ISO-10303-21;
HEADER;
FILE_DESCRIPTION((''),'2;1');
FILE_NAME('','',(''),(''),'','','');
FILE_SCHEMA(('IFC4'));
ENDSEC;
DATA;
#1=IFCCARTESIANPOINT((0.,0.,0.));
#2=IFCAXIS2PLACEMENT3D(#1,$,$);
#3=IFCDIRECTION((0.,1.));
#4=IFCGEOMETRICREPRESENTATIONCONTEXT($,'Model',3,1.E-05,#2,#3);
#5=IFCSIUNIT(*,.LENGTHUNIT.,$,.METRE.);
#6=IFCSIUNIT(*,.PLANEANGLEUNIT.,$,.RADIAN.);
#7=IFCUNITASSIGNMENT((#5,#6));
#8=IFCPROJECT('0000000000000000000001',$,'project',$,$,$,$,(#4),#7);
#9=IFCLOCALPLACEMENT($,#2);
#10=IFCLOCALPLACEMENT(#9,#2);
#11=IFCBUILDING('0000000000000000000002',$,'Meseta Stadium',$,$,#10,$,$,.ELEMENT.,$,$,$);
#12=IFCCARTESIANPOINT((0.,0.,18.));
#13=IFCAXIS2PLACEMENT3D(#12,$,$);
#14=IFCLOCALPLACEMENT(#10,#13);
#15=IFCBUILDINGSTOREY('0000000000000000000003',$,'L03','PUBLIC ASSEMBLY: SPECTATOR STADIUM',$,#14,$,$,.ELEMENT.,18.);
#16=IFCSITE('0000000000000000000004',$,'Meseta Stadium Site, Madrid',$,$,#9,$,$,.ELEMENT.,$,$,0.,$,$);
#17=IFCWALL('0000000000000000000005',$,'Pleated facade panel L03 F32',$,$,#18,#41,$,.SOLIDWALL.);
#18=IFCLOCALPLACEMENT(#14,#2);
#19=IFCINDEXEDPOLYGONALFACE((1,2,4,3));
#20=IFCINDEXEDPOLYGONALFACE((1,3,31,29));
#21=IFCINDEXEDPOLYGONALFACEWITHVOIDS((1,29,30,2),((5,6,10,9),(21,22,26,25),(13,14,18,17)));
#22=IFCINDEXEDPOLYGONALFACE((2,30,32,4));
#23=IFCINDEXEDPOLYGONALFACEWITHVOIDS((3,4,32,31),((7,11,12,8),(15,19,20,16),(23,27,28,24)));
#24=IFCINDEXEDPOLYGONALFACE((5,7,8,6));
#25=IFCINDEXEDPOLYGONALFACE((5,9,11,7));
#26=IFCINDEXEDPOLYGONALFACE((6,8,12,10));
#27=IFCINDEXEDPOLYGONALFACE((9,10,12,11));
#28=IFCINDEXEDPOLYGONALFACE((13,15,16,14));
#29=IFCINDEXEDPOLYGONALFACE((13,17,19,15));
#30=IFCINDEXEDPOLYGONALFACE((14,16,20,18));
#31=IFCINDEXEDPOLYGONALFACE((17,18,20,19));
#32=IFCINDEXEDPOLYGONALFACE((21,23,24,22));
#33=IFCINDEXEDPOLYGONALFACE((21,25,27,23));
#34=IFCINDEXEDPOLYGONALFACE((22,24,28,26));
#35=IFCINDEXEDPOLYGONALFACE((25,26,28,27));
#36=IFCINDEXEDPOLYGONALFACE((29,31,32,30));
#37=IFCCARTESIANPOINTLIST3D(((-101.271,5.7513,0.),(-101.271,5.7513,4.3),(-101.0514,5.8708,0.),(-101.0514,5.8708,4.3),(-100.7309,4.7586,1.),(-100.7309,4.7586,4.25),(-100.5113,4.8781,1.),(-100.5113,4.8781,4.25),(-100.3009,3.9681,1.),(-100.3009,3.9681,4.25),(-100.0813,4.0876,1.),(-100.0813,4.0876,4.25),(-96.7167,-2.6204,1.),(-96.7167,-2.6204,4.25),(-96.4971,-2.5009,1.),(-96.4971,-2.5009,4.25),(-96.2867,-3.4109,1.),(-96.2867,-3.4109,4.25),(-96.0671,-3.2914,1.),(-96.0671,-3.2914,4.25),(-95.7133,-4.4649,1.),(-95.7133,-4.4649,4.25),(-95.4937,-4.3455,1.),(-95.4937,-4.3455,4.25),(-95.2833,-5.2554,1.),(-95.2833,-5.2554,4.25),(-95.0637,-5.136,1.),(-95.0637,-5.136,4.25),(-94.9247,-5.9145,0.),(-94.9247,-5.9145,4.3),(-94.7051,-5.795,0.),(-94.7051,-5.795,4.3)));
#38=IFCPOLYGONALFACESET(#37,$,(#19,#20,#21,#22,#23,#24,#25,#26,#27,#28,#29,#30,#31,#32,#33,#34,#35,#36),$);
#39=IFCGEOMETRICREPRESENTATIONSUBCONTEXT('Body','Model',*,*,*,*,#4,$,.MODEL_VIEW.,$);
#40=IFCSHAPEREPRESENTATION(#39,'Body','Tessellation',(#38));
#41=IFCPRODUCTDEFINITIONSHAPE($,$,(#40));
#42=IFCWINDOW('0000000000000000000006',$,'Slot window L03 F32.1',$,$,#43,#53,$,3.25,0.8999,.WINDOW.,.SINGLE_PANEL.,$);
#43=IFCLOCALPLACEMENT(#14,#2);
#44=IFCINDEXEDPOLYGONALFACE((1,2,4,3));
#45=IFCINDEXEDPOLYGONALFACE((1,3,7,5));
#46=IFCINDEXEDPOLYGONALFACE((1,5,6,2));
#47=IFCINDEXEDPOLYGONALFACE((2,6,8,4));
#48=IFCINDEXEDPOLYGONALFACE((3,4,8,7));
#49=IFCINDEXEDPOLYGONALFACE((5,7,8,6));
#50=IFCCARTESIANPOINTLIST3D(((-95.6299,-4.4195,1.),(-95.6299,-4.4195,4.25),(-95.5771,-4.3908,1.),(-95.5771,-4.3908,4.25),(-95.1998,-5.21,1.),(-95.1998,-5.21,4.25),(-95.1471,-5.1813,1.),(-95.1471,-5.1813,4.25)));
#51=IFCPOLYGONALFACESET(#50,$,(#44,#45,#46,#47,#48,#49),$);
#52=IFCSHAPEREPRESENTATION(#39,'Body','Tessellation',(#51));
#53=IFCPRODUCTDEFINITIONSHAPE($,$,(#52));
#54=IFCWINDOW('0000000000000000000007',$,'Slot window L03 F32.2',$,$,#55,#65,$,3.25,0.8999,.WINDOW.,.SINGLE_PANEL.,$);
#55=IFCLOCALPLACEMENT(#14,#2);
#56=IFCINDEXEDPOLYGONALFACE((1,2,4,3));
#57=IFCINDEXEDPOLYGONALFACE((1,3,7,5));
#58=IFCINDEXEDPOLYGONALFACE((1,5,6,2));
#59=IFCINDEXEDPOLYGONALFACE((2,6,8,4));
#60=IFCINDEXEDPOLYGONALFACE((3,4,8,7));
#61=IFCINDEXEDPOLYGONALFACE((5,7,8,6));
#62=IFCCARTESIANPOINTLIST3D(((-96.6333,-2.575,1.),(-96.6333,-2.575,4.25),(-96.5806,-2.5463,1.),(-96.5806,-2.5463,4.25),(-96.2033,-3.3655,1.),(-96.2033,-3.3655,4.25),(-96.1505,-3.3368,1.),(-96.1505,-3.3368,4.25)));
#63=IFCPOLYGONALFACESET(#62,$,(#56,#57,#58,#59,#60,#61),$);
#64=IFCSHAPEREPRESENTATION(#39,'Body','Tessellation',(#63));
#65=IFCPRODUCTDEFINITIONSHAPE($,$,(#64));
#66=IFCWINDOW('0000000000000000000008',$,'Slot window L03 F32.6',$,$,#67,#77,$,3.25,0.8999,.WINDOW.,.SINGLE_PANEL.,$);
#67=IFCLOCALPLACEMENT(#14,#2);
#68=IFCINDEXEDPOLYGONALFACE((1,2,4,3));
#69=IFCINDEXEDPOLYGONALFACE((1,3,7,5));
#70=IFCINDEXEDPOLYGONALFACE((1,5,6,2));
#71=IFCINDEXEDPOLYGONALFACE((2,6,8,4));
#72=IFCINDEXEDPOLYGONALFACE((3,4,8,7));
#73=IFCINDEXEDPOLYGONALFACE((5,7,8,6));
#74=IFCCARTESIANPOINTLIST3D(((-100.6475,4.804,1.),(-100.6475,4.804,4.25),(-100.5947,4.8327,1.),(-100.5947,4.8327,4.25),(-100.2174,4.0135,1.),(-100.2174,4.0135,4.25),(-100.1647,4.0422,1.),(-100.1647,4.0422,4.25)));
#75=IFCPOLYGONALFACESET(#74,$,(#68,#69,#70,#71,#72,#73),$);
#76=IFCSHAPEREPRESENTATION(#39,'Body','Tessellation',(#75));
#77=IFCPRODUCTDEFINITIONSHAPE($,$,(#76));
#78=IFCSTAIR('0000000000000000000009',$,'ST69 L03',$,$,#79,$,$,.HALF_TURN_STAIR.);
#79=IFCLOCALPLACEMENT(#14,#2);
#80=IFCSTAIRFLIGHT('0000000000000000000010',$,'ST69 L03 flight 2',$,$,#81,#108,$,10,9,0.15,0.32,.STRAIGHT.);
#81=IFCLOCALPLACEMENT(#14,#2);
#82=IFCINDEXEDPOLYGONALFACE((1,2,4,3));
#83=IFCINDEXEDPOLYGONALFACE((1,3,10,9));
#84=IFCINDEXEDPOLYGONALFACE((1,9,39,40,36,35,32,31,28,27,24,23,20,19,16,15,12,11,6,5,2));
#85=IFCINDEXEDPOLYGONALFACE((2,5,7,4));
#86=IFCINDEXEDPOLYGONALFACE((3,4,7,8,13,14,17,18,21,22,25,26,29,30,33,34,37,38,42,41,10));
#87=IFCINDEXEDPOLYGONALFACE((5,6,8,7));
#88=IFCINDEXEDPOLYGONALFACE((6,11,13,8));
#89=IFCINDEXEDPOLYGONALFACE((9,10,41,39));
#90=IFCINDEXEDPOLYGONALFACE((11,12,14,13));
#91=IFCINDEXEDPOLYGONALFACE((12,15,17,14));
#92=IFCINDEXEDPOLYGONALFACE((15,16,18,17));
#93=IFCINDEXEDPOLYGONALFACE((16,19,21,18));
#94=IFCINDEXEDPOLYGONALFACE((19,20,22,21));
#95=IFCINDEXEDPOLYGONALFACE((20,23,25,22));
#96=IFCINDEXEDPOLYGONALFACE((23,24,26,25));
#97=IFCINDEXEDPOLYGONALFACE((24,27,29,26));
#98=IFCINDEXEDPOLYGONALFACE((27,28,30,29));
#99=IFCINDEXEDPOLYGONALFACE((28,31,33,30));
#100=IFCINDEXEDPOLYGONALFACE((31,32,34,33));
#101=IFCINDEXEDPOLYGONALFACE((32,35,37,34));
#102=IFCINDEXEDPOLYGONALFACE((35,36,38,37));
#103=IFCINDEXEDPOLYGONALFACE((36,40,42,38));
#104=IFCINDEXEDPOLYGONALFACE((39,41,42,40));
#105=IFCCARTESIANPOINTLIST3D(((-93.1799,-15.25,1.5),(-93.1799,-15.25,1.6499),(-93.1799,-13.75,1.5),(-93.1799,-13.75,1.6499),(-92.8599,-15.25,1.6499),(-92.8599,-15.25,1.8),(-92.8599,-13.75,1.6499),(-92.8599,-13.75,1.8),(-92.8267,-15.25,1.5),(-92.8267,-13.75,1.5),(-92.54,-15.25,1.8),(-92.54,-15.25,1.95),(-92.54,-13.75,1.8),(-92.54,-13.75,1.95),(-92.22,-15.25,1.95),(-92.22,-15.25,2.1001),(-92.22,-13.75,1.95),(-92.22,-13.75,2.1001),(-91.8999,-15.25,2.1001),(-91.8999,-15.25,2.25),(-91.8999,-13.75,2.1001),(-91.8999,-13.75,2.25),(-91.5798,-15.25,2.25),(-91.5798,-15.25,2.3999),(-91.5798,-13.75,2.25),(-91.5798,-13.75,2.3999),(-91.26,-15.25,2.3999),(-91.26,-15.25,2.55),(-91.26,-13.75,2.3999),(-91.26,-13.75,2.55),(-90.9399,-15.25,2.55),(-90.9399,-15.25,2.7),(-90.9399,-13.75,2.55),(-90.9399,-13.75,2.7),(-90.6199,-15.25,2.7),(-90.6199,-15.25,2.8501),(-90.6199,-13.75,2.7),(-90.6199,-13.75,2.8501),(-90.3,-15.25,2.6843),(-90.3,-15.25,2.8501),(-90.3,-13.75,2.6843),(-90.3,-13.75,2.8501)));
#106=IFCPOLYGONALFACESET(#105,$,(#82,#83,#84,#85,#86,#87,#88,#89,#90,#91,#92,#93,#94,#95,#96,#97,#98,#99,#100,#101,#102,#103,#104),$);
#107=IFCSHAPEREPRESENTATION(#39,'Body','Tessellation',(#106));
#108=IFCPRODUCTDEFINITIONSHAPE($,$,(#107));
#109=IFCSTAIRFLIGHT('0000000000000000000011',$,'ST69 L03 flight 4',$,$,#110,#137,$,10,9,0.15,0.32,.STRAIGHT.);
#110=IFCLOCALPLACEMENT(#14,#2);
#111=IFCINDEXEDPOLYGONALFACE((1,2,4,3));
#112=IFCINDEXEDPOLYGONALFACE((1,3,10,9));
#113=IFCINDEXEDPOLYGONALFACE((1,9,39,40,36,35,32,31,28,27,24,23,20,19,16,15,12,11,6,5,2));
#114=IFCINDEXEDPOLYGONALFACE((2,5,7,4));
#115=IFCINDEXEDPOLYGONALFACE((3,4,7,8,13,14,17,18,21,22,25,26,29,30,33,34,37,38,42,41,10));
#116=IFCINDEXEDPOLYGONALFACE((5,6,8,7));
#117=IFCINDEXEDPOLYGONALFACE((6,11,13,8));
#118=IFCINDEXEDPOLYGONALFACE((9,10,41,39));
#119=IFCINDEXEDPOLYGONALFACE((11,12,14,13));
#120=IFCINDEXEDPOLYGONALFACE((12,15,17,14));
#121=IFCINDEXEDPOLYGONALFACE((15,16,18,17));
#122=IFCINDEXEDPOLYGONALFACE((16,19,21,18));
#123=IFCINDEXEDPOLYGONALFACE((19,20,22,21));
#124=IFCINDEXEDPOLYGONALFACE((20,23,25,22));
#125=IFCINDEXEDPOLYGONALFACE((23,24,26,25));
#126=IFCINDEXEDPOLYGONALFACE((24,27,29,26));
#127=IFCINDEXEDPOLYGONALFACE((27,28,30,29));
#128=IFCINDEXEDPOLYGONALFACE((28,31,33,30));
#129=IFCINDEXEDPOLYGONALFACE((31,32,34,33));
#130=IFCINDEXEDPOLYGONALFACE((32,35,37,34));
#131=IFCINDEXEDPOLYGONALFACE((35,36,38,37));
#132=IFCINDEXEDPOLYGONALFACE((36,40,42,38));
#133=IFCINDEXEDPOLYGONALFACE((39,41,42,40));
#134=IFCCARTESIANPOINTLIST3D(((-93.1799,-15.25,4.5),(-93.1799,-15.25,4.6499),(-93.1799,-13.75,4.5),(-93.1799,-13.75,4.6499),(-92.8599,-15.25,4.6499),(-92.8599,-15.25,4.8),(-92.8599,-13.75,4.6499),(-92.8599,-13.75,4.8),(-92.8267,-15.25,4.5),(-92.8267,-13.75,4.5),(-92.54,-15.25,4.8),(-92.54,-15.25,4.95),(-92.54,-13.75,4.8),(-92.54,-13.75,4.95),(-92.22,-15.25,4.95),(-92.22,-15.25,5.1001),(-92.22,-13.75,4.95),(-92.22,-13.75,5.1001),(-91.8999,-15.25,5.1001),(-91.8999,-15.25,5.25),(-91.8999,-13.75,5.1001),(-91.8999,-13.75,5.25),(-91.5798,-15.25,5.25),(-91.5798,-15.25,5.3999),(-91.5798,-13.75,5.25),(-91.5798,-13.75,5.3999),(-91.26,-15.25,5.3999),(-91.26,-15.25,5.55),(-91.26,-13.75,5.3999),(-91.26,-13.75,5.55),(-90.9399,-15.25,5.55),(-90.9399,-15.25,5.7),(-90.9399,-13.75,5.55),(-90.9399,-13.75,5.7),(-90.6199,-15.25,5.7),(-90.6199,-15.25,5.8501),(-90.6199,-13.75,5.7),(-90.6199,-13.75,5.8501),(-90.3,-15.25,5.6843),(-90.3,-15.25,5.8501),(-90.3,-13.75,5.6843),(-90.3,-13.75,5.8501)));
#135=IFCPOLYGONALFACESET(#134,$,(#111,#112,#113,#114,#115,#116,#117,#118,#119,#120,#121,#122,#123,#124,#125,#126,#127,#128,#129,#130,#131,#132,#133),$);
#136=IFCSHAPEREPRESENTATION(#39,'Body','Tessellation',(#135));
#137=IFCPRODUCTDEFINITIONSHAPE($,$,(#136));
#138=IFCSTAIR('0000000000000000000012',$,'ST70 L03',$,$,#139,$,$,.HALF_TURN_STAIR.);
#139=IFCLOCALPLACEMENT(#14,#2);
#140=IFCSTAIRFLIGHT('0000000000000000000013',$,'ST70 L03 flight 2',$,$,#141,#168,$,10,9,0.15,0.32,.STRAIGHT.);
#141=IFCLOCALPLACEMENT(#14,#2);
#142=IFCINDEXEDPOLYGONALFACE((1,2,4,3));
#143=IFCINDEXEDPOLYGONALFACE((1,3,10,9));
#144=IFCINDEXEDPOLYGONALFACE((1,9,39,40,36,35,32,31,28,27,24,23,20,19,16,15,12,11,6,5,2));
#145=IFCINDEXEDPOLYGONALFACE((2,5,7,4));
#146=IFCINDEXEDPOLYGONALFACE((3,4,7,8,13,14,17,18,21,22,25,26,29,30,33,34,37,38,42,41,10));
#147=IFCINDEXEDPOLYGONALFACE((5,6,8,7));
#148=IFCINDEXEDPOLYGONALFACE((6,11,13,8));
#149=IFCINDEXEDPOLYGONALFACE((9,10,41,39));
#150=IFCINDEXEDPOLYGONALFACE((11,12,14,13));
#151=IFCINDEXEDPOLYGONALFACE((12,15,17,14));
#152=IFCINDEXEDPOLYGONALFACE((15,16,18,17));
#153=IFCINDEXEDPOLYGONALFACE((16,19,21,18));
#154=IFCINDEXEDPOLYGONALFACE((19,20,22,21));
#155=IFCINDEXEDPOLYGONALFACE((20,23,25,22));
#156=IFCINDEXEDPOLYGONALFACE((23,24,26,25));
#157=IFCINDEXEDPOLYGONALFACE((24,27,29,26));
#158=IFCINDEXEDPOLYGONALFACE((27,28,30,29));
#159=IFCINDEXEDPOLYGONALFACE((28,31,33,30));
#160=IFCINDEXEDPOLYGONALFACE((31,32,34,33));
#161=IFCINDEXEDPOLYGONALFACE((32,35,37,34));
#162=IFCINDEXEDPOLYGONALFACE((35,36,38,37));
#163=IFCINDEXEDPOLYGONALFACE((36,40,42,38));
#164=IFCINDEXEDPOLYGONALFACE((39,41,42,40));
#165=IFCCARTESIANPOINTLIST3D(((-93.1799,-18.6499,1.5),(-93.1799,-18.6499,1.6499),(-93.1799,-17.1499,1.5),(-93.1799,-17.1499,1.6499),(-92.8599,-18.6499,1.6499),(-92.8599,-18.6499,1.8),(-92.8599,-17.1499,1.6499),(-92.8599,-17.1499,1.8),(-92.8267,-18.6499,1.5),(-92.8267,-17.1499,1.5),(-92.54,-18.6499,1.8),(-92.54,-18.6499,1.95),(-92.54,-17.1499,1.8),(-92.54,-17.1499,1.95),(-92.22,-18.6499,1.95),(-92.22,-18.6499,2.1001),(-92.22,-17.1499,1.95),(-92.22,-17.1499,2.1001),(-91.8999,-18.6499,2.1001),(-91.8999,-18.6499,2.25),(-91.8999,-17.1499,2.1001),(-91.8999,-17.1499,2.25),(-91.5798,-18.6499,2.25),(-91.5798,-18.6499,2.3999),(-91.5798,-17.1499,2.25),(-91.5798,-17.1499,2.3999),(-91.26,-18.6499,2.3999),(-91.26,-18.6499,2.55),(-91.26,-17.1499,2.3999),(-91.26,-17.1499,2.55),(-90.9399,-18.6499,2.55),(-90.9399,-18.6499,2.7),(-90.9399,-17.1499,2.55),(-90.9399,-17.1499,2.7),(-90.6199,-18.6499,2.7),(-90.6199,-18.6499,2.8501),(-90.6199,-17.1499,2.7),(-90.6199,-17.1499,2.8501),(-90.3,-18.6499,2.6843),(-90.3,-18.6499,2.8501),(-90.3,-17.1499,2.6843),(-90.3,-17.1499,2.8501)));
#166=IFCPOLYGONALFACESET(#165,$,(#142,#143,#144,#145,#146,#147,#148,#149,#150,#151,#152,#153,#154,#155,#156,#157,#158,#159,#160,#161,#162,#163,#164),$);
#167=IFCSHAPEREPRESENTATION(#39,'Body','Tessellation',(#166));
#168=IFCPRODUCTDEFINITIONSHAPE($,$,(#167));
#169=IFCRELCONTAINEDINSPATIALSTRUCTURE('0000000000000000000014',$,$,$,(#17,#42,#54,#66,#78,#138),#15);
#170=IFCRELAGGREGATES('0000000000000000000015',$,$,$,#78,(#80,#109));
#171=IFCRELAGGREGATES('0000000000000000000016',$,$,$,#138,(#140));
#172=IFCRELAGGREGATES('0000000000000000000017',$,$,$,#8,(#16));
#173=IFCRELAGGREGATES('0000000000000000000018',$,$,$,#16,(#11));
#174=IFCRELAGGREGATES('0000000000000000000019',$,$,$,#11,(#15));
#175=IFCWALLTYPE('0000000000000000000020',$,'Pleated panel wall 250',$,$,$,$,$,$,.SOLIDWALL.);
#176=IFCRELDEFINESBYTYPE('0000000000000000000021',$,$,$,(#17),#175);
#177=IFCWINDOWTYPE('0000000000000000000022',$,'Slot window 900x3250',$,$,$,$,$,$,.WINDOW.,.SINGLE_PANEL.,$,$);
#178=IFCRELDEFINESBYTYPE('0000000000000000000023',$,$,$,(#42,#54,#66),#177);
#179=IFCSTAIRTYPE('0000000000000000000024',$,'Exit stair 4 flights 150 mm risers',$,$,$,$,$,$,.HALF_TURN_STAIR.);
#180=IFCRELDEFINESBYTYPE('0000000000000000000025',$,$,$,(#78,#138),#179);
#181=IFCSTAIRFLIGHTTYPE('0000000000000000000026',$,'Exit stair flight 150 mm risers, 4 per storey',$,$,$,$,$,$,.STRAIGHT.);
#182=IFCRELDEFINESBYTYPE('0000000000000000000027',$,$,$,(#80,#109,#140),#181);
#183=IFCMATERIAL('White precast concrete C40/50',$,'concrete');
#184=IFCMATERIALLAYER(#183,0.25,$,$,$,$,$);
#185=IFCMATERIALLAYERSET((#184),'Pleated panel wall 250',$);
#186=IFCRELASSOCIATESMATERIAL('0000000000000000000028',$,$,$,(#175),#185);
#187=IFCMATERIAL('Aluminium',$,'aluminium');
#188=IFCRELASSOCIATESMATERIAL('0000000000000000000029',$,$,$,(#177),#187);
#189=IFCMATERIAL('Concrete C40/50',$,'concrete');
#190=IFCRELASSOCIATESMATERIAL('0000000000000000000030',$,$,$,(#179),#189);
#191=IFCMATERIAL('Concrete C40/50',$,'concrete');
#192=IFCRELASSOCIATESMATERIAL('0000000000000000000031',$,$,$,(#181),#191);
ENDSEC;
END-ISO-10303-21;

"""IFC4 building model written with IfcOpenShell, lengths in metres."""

from ifc_helpers import new_model, si_unit, direction, frame, frame_2d, origin, place, context, subcontext, project, spatial, polyline, rectangle, outline, extrude, material, layer, layer_set, type_object, element, fill, aggregate, save


model = new_model("IFC4")

# Units and contexts
model_context = context("Model", 3, precision=1e-05, world=origin(), true_north=direction((0.0, 1.0)))
body_context = subcontext(model_context, "Body", "Model", "MODEL_VIEW")
ifc_project = project(units=[si_unit("LENGTHUNIT", "METRE"), si_unit("PLANEANGLEUNIT", "RADIAN")], contexts=[model_context])

# Site, building, storey
site_placement = place(None, origin())
site = spatial("IfcSite", under=ifc_project, at=site_placement, Name="Meseta Stadium Site, Madrid", CompositionType="ELEMENT", RefElevation=0.0)
building_placement = place(site_placement, origin())
building = spatial("IfcBuilding", under=site, at=building_placement, Name="Meseta Stadium", CompositionType="ELEMENT")
storey_placement = place(building_placement, frame((0.0, 0.0, 18.0)))
storey = spatial("IfcBuildingStorey", under=building, at=storey_placement, Name="L03", Description="PUBLIC ASSEMBLY: SPECTATOR STADIUM", CompositionType="ELEMENT", Elevation=18.0)

# Wall, openings, windows
ifc_material_1 = material(Name="White precast concrete C40/50", Category="concrete")
ifc_layer_1 = layer(ifc_material_1, 0.25)
ifc_layer_set_1 = layer_set([ifc_layer_1], Name="Pleated panel wall 250")
wall_type = type_object("IfcWallType", Name="Pleated panel wall 250", PredefinedType="SOLIDWALL", material=ifc_layer_set_1)
wall_placement = place(storey_placement, frame((-94.8149, -5.8547, 0.0), z_axis=(0.0, 0.0, 1.0), x_axis=(-0.477868, 0.878432, 0.0)))
wall = element("IfcWall", 1, at=wall_placement, inside=storey, type_object=wall_type, Name="Pleated facade panel L03 F32", PredefinedType="SOLIDWALL", context=body_context, shape_type="SweptSolid", body=[
    extrude(rectangle(XDim=13.2803, YDim=0.25, at=frame_2d((6.6401, 0.0))), origin(), (0.0, 0.0, 1.0), 4.3),
])
opening_1_placement = place(wall_placement, frame((0.7502, 0.0, 1.0)))
opening_1 = element("IfcOpeningElement", 2, at=opening_1_placement, cuts=wall, PredefinedType="OPENING", context=body_context, shape_type="SweptSolid", body=[
    extrude(rectangle(XDim=0.8999, YDim=3.25, at=frame_2d((0.45, 1.625))), frame((0.0, 0.135, 0.0), z_axis=(0.0, -1.0, 0.0), x_axis=(1.0, 0.0, 0.0)), (0.0, 0.0, 1.0), 0.27),
])
opening_2_placement = place(wall_placement, frame((2.8501, 0.0, 1.0)))
opening_2 = element("IfcOpeningElement", 3, at=opening_2_placement, cuts=wall, PredefinedType="OPENING", context=body_context, shape_type="SweptSolid", body=[
    extrude(rectangle(XDim=0.8999, YDim=3.25, at=frame_2d((0.45, 1.625))), frame((0.0, 0.135, 0.0), z_axis=(0.0, -1.0, 0.0), x_axis=(1.0, 0.0, 0.0)), (0.0, 0.0, 1.0), 0.27),
])
opening_3_placement = place(wall_placement, frame((11.2502, 0.0, 1.0)))
opening_3 = element("IfcOpeningElement", 4, at=opening_3_placement, cuts=wall, PredefinedType="OPENING", context=body_context, shape_type="SweptSolid", body=[
    extrude(rectangle(XDim=0.8999, YDim=3.25, at=frame_2d((0.45, 1.625))), frame((0.0, 0.135, 0.0), z_axis=(0.0, -1.0, 0.0), x_axis=(1.0, 0.0, 0.0)), (0.0, 0.0, 1.0), 0.27),
])
ifc_material_2 = material(Name="Aluminium", Category="aluminium")
window_type = type_object("IfcWindowType", Name="Slot window 900x3250", PartitioningType="SINGLE_PANEL", PredefinedType="WINDOW", material=ifc_material_2)
window_1_placement = place(opening_1_placement, origin())
window_1 = element("IfcWindow", 5, at=window_1_placement, inside=storey, type_object=window_type, Name="Slot window L03 F32.1", OverallHeight=3.25, OverallWidth=0.8999, PartitioningType="SINGLE_PANEL", PredefinedType="WINDOW", context=body_context, shape_type="SweptSolid", body=[
    extrude(rectangle(XDim=0.8999, YDim=3.25, at=frame_2d((0.45, 1.625))), frame((0.0, 0.03, 0.0), z_axis=(0.0, -1.0, 0.0), x_axis=(1.0, 0.0, 0.0)), (0.0, 0.0, 1.0), 0.0601),
])
fill(opening_1, window_1)
window_2_placement = place(opening_2_placement, origin())
window_2 = element("IfcWindow", 6, at=window_2_placement, inside=storey, type_object=window_type, Name="Slot window L03 F32.2", OverallHeight=3.25, OverallWidth=0.8999, PartitioningType="SINGLE_PANEL", PredefinedType="WINDOW", context=body_context, shape_type="SweptSolid", body=[
    extrude(rectangle(XDim=0.8999, YDim=3.25, at=frame_2d((0.45, 1.625))), frame((0.0, 0.03, 0.0), z_axis=(0.0, -1.0, 0.0), x_axis=(1.0, 0.0, 0.0)), (0.0, 0.0, 1.0), 0.0601),
])
fill(opening_2, window_2)
window_3_placement = place(opening_3_placement, origin())
window_3 = element("IfcWindow", 7, at=window_3_placement, inside=storey, type_object=window_type, Name="Slot window L03 F32.6", OverallHeight=3.25, OverallWidth=0.8999, PartitioningType="SINGLE_PANEL", PredefinedType="WINDOW", context=body_context, shape_type="SweptSolid", body=[
    extrude(rectangle(XDim=0.8999, YDim=3.25, at=frame_2d((0.45, 1.625))), frame((0.0, 0.03, 0.0), z_axis=(0.0, -1.0, 0.0), x_axis=(1.0, 0.0, 0.0)), (0.0, 0.0, 1.0), 0.0601),
])
fill(opening_3, window_3)

# Stairs, stair flights
ifc_material_3 = material(Name="Concrete C40/50", Category="concrete")
stair_type = type_object("IfcStairType", Name="Exit stair 4 flights 150 mm risers", PredefinedType="HALF_TURN_STAIR", material=ifc_material_3)
stair_1_placement = place(storey_placement, origin())
stair_1 = element("IfcStair", 8, at=stair_1_placement, inside=storey, type_object=stair_type, Name="ST69 L03", PredefinedType="HALF_TURN_STAIR")
ifc_material_4 = material(Name="Concrete C40/50", Category="concrete")
stair_flight_type = type_object("IfcStairFlightType", Name="Exit stair flight 150 mm risers, 4 per storey", PredefinedType="STRAIGHT", material=ifc_material_4)
stair_flight_1_placement = place(storey_placement, frame((-93.1799, -14.5, 1.5), z_axis=(0.0, 0.0, 1.0), x_axis=(1.0, 0.0, 0.0)))
stair_flight_1 = element("IfcStairFlight", 9, at=stair_flight_1_placement, type_object=stair_flight_type, Name="ST69 L03 flight 2", NumberOfRisers=10, NumberOfTreads=9, PredefinedType="STRAIGHT", RiserHeight=0.15, TreadLength=0.32, context=body_context, shape_type="SweptSolid", body=[
    extrude(outline(polyline([(0.0, 0.0), (0.0, 0.1499), (0.3201, 0.1499), (0.3201, 0.3), (0.6399, 0.3), (0.6399, 0.45), (0.96, 0.45), (0.96, 0.6001), (1.28, 0.6001), (1.28, 0.75), (1.6001, 0.75), (1.6001, 0.8999), (1.9199, 0.8999), (1.9199, 1.05), (2.24, 1.05), (2.24, 1.2), (2.5601, 1.2), (2.5601, 1.3501), (2.8799, 1.3501), (2.8799, 1.1843), (0.3533, 0.0), (0.0, 0.0)])), frame((0.0, 0.75, 0.0), z_axis=(0.0, -1.0, 0.0), x_axis=(1.0, 0.0, 0.0)), (0.0, 0.0, 1.0), 1.5),
])
stair_flight_2_placement = place(storey_placement, frame((-93.1799, -14.5, 4.5), z_axis=(0.0, 0.0, 1.0), x_axis=(1.0, 0.0, 0.0)))
stair_flight_2 = element("IfcStairFlight", 10, at=stair_flight_2_placement, type_object=stair_flight_type, Name="ST69 L03 flight 4", NumberOfRisers=10, NumberOfTreads=9, PredefinedType="STRAIGHT", RiserHeight=0.15, TreadLength=0.32, context=body_context, shape_type="SweptSolid", body=[
    extrude(outline(polyline([(0.0, 0.0), (0.0, 0.1499), (0.3201, 0.1499), (0.3201, 0.3), (0.6399, 0.3), (0.6399, 0.45), (0.96, 0.45), (0.96, 0.6001), (1.28, 0.6001), (1.28, 0.75), (1.6001, 0.75), (1.6001, 0.8999), (1.9199, 0.8999), (1.9199, 1.05), (2.24, 1.05), (2.24, 1.2), (2.5601, 1.2), (2.5601, 1.3501), (2.8799, 1.3501), (2.8799, 1.1843), (0.3533, 0.0), (0.0, 0.0)])), frame((0.0, 0.75, 0.0), z_axis=(0.0, -1.0, 0.0), x_axis=(1.0, 0.0, 0.0)), (0.0, 0.0, 1.0), 1.5),
])
aggregate(stair_1, [stair_flight_1, stair_flight_2])
stair_2_placement = place(storey_placement, origin())
stair_2 = element("IfcStair", 11, at=stair_2_placement, inside=storey, type_object=stair_type, Name="ST70 L03", PredefinedType="HALF_TURN_STAIR")
stair_flight_3_placement = place(storey_placement, frame((-93.1799, -17.8999, 1.5), z_axis=(0.0, 0.0, 1.0), x_axis=(1.0, 0.0, 0.0)))
stair_flight_3 = element("IfcStairFlight", 12, at=stair_flight_3_placement, type_object=stair_flight_type, Name="ST70 L03 flight 2", NumberOfRisers=10, NumberOfTreads=9, PredefinedType="STRAIGHT", RiserHeight=0.15, TreadLength=0.32, context=body_context, shape_type="SweptSolid", body=[
    extrude(outline(polyline([(0.0, 0.0), (0.0, 0.1499), (0.3201, 0.1499), (0.3201, 0.3), (0.6399, 0.3), (0.6399, 0.45), (0.96, 0.45), (0.96, 0.6001), (1.28, 0.6001), (1.28, 0.75), (1.6001, 0.75), (1.6001, 0.8999), (1.9199, 0.8999), (1.9199, 1.05), (2.24, 1.05), (2.24, 1.2), (2.5601, 1.2), (2.5601, 1.3501), (2.8799, 1.3501), (2.8799, 1.1843), (0.3533, 0.0), (0.0, 0.0)])), frame((0.0, 0.75, 0.0), z_axis=(0.0, -1.0, 0.0), x_axis=(1.0, 0.0, 0.0)), (0.0, 0.0, 1.0), 1.5),
])
aggregate(stair_2, [stair_flight_3])

save(model, "model.ifc")
